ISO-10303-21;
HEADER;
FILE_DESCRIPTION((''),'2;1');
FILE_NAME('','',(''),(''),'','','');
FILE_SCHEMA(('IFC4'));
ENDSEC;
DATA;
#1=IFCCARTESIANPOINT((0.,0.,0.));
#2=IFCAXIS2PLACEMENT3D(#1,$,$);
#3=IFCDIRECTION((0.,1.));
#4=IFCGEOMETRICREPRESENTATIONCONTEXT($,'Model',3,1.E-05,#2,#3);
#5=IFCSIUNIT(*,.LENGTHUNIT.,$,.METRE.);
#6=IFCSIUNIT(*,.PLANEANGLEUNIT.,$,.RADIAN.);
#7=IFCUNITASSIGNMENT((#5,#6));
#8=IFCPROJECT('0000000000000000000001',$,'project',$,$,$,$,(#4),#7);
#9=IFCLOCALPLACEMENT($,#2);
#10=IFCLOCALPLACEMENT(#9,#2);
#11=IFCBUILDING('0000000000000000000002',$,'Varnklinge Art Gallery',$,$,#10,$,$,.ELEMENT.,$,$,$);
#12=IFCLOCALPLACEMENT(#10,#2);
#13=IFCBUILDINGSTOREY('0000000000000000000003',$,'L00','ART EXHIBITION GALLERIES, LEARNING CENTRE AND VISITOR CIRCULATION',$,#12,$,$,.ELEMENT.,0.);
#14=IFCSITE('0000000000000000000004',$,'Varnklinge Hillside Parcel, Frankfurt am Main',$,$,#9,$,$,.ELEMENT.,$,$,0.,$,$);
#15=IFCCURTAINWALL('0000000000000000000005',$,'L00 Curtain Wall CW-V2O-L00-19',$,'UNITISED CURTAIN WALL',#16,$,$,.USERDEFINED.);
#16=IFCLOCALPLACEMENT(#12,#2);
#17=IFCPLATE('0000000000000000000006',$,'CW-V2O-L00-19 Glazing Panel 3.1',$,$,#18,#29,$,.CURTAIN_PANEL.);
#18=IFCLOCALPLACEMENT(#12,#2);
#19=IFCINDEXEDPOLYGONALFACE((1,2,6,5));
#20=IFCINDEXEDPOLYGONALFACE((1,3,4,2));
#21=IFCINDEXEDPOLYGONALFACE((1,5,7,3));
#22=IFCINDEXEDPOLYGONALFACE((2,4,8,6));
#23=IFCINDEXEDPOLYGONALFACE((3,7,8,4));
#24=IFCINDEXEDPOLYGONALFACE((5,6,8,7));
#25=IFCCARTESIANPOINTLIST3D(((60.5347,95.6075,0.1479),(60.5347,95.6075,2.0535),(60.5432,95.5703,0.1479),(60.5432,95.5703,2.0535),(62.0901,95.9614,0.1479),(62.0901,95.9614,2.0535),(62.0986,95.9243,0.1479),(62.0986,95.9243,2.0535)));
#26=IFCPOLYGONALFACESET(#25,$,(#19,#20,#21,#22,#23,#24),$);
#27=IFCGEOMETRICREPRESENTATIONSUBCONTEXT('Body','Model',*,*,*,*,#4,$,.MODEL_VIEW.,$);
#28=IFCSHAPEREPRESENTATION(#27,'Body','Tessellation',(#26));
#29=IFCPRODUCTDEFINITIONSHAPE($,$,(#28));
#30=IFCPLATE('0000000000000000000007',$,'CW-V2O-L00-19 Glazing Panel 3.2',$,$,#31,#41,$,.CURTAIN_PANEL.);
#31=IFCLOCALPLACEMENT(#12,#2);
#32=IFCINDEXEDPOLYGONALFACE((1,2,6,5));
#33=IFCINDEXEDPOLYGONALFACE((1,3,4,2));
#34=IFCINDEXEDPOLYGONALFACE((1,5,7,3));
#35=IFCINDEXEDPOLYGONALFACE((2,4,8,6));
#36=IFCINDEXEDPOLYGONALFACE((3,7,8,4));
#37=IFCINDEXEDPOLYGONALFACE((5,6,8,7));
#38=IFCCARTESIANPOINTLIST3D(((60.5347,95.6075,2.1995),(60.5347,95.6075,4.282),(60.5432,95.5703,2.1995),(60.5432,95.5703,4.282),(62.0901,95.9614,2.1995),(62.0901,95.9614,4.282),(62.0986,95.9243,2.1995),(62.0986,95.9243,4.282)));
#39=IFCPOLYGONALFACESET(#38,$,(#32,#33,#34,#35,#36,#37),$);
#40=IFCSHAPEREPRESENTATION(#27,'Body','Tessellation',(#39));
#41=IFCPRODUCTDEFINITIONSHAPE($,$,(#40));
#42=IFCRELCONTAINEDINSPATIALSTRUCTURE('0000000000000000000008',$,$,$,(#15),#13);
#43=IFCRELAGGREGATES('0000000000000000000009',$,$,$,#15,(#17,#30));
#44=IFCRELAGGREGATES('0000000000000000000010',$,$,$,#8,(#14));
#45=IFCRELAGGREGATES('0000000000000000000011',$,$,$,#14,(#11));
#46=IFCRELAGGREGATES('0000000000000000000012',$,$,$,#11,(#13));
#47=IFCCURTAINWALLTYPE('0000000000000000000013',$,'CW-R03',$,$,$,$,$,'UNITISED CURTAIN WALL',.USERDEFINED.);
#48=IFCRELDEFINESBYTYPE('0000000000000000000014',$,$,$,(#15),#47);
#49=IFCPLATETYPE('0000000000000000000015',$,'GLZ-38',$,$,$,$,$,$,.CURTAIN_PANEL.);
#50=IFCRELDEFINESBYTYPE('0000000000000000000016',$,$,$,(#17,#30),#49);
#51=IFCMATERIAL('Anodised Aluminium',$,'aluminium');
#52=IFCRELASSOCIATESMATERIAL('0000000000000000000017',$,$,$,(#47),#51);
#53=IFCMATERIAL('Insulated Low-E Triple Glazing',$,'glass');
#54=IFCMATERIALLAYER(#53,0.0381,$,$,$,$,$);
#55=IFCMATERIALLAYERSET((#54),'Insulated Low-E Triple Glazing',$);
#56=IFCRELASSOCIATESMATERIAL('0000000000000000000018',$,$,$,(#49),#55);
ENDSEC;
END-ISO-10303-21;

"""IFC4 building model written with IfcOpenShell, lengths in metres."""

from ifc_helpers import new_model, si_unit, direction, frame, origin, origin_2d, place, context, subcontext, project, spatial, rectangle, extrude, material, layer, layer_set, type_object, element, aggregate, save


model = new_model("IFC4")

# Units and contexts
model_context = context("Model", 3, precision=1e-05, world=origin(), true_north=direction((0.0, 1.0)))
body_context = subcontext(model_context, "Body", "Model", "MODEL_VIEW")
ifc_project = project(units=[si_unit("LENGTHUNIT", "METRE"), si_unit("PLANEANGLEUNIT", "RADIAN")], contexts=[model_context])

# Site, building, storey
site_placement = place(None, origin())
site = spatial("IfcSite", under=ifc_project, at=site_placement, Name="Varnklinge Hillside Parcel, Frankfurt am Main", CompositionType="ELEMENT", RefElevation=0.0)
building_placement = place(site_placement, origin())
building = spatial("IfcBuilding", under=site, at=building_placement, Name="Varnklinge Art Gallery", CompositionType="ELEMENT")
storey_placement = place(building_placement, origin())
storey = spatial("IfcBuildingStorey", under=building, at=storey_placement, Name="L00", Description="ART EXHIBITION GALLERIES, LEARNING CENTRE AND VISITOR CIRCULATION", CompositionType="ELEMENT", Elevation=0.0)

# Curtain wall
ifc_material_1 = material(Name="Anodised Aluminium", Category="aluminium")
curtain_wall_type = type_object("IfcCurtainWallType", Name="CW-R03", ElementType="UNITISED CURTAIN WALL", PredefinedType="USERDEFINED", material=ifc_material_1)
curtain_wall_1_placement = place(storey_placement, origin())
curtain_wall_1 = element("IfcCurtainWall", 1, at=curtain_wall_1_placement, inside=storey, type_object=curtain_wall_type, Name="L00 Curtain Wall CW-V2O-L00-19", ObjectType="UNITISED CURTAIN WALL", PredefinedType="USERDEFINED")

# Plates
ifc_material_2 = material(Name="Insulated Low-E Triple Glazing", Category="glass")
ifc_layer = layer(ifc_material_2, 0.0381)
ifc_layer_set = layer_set([ifc_layer], Name="Insulated Low-E Triple Glazing")
plate_type = type_object("IfcPlateType", Name="GLZ-38", PredefinedType="CURTAIN_PANEL", material=ifc_layer_set)
plate_1_placement = place(storey_placement, frame((61.3167, 95.7659, 0.1479), z_axis=(0.0, 0.0, 1.0), x_axis=(-0.975072, -0.221889, 0.0)))
plate_1 = element("IfcPlate", 2, at=plate_1_placement, type_object=plate_type, Name="CW-V2O-L00-19 Glazing Panel 3.1", PredefinedType="CURTAIN_PANEL", context=body_context, shape_type="SweptSolid", body=[
    extrude(rectangle(XDim=1.5952, YDim=0.0381, at=origin_2d()), origin(), (0.0, 0.0, 1.0), 1.9055),
])
plate_2_placement = place(storey_placement, frame((61.3167, 95.7659, 2.1995), z_axis=(0.0, 0.0, 1.0), x_axis=(-0.975072, -0.221889, 0.0)))
plate_2 = element("IfcPlate", 3, at=plate_2_placement, type_object=plate_type, Name="CW-V2O-L00-19 Glazing Panel 3.2", PredefinedType="CURTAIN_PANEL", context=body_context, shape_type="SweptSolid", body=[
    extrude(rectangle(XDim=1.5952, YDim=0.0381, at=origin_2d()), origin(), (0.0, 0.0, 1.0), 2.0825),
])
aggregate(curtain_wall_1, [plate_1, plate_2])

save(model, "model.ifc")
